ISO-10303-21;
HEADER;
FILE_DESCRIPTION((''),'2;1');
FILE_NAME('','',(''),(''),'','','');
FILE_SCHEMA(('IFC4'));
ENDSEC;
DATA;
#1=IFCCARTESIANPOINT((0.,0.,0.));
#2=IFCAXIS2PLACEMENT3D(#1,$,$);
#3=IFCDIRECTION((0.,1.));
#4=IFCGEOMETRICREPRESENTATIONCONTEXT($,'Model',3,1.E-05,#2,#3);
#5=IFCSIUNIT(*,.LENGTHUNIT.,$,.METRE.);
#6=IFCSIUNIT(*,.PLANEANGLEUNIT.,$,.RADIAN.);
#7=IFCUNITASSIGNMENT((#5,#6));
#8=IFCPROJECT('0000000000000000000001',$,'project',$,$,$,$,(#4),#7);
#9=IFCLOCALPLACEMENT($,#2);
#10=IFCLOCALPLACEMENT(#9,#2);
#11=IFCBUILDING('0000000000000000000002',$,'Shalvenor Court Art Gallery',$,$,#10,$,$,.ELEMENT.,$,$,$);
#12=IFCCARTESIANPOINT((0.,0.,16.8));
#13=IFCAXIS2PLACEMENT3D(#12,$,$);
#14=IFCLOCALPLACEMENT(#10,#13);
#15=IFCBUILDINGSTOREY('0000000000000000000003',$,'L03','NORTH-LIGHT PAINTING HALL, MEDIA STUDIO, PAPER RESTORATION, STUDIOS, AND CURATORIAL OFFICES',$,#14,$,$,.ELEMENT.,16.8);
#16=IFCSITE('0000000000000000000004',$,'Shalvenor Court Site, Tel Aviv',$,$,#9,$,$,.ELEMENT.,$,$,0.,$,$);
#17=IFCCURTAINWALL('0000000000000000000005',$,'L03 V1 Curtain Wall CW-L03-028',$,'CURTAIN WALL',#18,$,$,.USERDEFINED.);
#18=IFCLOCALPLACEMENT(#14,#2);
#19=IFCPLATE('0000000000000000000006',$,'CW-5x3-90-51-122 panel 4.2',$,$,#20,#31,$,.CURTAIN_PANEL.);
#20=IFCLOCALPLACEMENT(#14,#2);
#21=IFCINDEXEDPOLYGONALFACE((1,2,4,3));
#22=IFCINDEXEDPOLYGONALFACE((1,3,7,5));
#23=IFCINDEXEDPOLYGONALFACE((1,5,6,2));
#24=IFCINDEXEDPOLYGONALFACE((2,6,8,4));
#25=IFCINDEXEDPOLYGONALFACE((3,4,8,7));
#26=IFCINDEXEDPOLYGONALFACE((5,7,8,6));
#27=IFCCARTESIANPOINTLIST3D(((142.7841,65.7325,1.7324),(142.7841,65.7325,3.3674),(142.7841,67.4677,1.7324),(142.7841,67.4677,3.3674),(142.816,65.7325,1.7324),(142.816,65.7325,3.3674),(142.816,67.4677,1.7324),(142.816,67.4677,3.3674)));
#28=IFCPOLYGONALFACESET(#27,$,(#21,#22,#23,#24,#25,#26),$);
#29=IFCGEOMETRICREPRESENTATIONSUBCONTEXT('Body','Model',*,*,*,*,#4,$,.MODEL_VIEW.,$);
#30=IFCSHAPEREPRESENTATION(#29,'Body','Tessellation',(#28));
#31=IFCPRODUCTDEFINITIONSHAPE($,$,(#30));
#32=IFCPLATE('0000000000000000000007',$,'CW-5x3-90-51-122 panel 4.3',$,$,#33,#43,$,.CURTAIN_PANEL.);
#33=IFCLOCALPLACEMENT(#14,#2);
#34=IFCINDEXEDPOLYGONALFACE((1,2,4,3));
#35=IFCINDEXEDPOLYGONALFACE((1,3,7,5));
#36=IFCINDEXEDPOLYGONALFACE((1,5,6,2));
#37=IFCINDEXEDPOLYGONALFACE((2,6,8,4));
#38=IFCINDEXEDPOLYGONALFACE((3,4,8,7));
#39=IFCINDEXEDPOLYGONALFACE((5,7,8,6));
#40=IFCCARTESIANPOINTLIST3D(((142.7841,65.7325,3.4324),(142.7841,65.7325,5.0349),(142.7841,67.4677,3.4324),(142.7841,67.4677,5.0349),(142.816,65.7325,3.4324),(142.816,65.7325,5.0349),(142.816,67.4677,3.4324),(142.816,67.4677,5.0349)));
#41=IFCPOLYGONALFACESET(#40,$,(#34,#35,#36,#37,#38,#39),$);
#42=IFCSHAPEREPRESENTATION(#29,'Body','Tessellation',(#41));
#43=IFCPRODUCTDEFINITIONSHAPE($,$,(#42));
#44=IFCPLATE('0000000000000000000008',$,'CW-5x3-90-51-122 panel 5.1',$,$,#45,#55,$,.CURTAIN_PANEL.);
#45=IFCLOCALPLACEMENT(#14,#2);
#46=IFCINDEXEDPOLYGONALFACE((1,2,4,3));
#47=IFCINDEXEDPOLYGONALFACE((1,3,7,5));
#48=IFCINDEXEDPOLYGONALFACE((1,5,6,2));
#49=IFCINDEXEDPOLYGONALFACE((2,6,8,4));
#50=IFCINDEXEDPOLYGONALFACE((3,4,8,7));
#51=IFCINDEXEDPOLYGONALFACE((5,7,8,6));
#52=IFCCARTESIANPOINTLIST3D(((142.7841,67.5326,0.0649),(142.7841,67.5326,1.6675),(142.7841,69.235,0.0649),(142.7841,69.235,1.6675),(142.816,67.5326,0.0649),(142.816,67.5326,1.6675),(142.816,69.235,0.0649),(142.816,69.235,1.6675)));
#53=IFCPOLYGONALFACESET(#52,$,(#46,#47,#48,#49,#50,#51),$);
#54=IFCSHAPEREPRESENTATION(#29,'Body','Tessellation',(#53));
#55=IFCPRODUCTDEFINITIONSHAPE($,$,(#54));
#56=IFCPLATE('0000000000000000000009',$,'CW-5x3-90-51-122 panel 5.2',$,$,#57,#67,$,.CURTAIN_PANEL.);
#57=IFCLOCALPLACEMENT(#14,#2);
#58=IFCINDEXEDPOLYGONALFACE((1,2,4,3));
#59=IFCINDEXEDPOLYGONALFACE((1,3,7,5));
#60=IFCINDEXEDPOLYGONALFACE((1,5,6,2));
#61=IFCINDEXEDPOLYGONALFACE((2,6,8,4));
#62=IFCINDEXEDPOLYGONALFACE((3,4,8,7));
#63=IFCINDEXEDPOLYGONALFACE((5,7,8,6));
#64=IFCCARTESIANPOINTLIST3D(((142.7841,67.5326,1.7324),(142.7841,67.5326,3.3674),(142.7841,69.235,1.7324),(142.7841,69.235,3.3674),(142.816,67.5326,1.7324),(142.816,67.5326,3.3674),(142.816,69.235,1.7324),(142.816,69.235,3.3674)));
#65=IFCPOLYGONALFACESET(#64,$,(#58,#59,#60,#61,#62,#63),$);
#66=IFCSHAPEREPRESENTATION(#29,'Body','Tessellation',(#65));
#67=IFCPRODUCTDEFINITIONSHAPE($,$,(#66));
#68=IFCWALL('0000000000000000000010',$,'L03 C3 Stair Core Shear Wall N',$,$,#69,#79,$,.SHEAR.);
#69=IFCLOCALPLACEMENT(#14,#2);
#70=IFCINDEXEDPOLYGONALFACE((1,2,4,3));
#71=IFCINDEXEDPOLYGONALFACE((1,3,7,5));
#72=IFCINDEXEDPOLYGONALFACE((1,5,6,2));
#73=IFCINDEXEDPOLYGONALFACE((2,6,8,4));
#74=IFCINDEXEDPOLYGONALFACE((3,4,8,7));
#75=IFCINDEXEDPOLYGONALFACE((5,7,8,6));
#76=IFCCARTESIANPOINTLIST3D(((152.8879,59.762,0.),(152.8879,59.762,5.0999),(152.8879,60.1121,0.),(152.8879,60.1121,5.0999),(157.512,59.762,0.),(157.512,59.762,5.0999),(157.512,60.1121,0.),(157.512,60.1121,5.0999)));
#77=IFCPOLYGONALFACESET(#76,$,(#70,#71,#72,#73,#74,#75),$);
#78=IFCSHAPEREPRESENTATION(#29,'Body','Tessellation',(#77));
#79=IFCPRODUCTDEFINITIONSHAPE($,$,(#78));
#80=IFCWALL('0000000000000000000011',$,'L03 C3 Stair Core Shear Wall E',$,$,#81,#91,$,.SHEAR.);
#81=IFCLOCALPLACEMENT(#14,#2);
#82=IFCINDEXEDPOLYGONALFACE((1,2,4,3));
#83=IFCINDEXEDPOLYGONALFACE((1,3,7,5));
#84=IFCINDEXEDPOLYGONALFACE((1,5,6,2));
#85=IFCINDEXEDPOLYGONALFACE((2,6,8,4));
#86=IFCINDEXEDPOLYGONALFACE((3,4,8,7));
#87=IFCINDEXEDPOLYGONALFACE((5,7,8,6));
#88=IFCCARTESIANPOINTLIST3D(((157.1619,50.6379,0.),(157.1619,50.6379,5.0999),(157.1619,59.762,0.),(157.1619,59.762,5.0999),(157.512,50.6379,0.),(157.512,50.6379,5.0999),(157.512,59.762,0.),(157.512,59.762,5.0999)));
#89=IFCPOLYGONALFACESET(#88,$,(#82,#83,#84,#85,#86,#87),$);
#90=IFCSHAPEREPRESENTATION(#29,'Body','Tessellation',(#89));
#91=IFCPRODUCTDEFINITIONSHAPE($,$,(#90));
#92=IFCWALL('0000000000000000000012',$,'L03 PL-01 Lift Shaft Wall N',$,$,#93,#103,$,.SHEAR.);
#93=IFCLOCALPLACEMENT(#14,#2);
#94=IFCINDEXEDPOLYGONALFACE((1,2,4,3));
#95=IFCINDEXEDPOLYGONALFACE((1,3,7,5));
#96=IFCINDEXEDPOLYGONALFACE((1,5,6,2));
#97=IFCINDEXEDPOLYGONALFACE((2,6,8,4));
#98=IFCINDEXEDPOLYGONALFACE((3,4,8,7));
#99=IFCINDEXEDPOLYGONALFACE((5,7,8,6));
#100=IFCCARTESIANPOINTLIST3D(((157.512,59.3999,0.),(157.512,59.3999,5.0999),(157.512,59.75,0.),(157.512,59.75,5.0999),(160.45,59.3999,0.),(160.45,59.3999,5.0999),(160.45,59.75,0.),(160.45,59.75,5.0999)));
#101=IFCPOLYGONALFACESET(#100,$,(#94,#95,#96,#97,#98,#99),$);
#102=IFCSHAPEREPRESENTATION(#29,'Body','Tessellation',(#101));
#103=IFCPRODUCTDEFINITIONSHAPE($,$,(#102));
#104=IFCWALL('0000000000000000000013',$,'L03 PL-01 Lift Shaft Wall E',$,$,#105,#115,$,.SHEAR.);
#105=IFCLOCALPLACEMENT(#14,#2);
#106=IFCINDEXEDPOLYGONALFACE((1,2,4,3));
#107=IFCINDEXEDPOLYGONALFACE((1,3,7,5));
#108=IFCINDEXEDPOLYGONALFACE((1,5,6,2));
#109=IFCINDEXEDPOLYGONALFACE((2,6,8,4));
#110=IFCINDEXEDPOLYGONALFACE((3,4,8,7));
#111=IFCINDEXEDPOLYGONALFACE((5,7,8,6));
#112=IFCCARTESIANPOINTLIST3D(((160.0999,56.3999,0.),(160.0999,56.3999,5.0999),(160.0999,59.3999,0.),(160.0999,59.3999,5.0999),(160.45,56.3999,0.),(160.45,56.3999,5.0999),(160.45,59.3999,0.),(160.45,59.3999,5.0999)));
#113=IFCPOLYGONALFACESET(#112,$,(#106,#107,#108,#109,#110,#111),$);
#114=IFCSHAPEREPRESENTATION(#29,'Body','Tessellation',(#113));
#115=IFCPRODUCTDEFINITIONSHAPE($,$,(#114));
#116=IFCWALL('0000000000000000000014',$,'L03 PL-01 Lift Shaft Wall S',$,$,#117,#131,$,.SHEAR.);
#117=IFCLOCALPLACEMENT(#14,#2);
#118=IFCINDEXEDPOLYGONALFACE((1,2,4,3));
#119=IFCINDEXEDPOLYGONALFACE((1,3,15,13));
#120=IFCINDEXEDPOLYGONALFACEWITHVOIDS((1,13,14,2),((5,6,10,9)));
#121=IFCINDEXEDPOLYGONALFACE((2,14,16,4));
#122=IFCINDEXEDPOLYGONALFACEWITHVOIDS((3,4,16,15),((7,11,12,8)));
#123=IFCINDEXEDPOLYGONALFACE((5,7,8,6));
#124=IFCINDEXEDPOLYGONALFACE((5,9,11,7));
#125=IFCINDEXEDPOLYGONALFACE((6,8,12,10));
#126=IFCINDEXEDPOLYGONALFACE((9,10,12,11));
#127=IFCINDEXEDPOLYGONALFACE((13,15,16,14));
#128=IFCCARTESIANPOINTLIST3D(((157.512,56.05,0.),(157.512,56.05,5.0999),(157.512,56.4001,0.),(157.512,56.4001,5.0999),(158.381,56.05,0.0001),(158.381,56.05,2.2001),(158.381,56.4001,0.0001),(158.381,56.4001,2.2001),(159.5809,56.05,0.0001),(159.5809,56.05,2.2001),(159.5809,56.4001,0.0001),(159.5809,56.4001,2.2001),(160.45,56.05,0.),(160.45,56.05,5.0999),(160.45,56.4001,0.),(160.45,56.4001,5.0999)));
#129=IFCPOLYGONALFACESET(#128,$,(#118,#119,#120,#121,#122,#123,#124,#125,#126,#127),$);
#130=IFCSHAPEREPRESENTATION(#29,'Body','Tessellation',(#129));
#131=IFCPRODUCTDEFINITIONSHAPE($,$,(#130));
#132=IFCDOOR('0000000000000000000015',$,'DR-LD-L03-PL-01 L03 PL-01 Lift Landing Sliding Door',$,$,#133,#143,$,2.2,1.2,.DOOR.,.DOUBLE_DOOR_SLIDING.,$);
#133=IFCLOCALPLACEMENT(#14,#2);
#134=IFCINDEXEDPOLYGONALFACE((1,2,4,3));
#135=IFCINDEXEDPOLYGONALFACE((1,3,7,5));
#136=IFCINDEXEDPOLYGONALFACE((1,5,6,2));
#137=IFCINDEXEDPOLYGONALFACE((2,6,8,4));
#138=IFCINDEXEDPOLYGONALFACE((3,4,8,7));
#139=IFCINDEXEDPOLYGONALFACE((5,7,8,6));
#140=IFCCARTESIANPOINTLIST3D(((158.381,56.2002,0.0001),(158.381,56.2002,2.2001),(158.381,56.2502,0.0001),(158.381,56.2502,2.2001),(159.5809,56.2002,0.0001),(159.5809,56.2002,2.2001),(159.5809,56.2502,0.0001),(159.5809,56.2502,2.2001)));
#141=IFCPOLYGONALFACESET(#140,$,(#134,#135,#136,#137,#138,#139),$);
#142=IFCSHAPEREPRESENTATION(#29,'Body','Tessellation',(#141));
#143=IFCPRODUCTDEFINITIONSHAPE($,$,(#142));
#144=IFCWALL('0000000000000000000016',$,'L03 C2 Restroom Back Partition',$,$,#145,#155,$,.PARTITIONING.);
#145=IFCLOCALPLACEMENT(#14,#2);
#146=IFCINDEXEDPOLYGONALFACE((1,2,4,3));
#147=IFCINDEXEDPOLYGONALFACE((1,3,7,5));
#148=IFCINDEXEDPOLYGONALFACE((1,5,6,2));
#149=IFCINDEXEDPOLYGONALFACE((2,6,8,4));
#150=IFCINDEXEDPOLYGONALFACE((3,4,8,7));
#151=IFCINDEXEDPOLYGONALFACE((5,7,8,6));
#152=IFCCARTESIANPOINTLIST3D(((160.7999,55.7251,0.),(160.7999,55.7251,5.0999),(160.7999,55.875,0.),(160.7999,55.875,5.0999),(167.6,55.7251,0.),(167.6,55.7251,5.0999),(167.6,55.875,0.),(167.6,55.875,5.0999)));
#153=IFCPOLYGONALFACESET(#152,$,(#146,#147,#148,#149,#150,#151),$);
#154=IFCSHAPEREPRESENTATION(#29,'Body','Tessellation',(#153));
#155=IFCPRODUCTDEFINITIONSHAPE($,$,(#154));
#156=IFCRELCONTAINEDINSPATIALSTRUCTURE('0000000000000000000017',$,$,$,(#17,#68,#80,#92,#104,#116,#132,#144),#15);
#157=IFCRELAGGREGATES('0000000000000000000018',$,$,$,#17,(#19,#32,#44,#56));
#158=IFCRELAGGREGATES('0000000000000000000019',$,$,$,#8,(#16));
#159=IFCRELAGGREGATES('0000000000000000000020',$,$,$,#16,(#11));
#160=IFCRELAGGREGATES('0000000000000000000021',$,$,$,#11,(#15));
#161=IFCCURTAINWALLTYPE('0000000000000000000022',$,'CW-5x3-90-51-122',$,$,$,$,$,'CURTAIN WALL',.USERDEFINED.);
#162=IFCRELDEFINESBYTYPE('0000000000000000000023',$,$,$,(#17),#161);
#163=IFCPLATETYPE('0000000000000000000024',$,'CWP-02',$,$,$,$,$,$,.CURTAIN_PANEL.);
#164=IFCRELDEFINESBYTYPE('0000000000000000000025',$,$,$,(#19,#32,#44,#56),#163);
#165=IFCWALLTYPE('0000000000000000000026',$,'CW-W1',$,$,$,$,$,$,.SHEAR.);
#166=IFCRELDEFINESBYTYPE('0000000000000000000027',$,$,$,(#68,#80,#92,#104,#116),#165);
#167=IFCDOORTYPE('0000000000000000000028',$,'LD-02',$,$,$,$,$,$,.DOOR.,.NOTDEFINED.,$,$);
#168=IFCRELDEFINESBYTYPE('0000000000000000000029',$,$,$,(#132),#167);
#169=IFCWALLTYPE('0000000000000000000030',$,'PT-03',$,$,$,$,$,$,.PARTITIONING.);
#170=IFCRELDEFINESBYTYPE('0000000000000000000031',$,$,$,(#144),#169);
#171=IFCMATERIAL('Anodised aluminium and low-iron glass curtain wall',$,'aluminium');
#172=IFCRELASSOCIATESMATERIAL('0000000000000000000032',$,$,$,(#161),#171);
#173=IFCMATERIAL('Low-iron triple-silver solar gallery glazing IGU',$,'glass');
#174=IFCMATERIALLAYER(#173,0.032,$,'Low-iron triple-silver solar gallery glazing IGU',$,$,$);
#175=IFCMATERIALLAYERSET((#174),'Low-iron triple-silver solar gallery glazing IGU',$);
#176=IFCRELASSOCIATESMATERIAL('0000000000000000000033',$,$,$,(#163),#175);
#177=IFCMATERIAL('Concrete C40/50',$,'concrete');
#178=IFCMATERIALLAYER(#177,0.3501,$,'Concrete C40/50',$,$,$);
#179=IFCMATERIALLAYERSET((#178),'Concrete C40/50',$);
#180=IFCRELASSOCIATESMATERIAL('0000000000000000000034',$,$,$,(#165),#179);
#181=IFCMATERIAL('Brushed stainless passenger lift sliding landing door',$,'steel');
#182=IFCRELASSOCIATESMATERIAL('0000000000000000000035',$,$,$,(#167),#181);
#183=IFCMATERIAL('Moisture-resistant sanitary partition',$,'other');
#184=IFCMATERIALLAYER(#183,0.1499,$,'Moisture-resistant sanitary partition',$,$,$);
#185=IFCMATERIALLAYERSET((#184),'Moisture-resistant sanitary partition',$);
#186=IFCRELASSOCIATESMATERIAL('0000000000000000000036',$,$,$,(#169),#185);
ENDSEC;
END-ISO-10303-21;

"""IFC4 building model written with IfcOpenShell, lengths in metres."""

from ifc_helpers import new_model, si_unit, direction, frame, frame_2d, origin, origin_2d, place, context, subcontext, project, spatial, rectangle, extrude, material, layer, layer_set, type_object, element, fill, aggregate, save


model = new_model("IFC4")

# Units and contexts
model_context = context("Model", 3, precision=1e-05, world=origin(), true_north=direction((0.0, 1.0)))
body_context = subcontext(model_context, "Body", "Model", "MODEL_VIEW")
ifc_project = project(units=[si_unit("LENGTHUNIT", "METRE"), si_unit("PLANEANGLEUNIT", "RADIAN")], contexts=[model_context])

# Site, building, storey
site_placement = place(None, origin())
site = spatial("IfcSite", under=ifc_project, at=site_placement, Name="Shalvenor Court Site, Tel Aviv", CompositionType="ELEMENT", RefElevation=0.0)
building_placement = place(site_placement, origin())
building = spatial("IfcBuilding", under=site, at=building_placement, Name="Shalvenor Court Art Gallery", CompositionType="ELEMENT")
storey_placement = place(building_placement, frame((0.0, 0.0, 16.8)))
storey = spatial("IfcBuildingStorey", under=building, at=storey_placement, Name="L03", Description="NORTH-LIGHT PAINTING HALL, MEDIA STUDIO, PAPER RESTORATION, STUDIOS, AND CURATORIAL OFFICES", CompositionType="ELEMENT", Elevation=16.8)

# Curtain wall
ifc_material_1 = material(Name="Anodised aluminium and low-iron glass curtain wall", Category="aluminium")
curtain_wall_type = type_object("IfcCurtainWallType", Name="CW-5x3-90-51-122", ElementType="CURTAIN WALL", PredefinedType="USERDEFINED", material=ifc_material_1)
curtain_wall_placement = place(storey_placement, origin())
curtain_wall = element("IfcCurtainWall", 1, at=curtain_wall_placement, inside=storey, type_object=curtain_wall_type, Name="L03 V1 Curtain Wall CW-L03-028", ObjectType="CURTAIN WALL", PredefinedType="USERDEFINED")

# Plates
ifc_material_2 = material(Name="Low-iron triple-silver solar gallery glazing IGU", Category="glass")
ifc_layer_1 = layer(ifc_material_2, 0.032, Name="Low-iron triple-silver solar gallery glazing IGU")
ifc_layer_set_1 = layer_set([ifc_layer_1], Name="Low-iron triple-silver solar gallery glazing IGU")
plate_type = type_object("IfcPlateType", Name="CWP-02", PredefinedType="CURTAIN_PANEL", material=ifc_layer_set_1)
plate_1_placement = place(storey_placement, frame((142.8, 66.6001, 1.7324), z_axis=(0.0, 0.0, 1.0), x_axis=(0.0, 1.0, 0.0)))
plate_1 = element("IfcPlate", 2, at=plate_1_placement, type_object=plate_type, Name="CW-5x3-90-51-122 panel 4.2", PredefinedType="CURTAIN_PANEL", context=body_context, shape_type="SweptSolid", body=[
    extrude(rectangle(XDim=1.7351, YDim=0.032, at=origin_2d()), origin(), (0.0, 0.0, 1.0), 1.635),
])
plate_2_placement = place(storey_placement, frame((142.8, 66.6001, 3.4324), z_axis=(0.0, 0.0, 1.0), x_axis=(0.0, 1.0, 0.0)))
plate_2 = element("IfcPlate", 3, at=plate_2_placement, type_object=plate_type, Name="CW-5x3-90-51-122 panel 4.3", PredefinedType="CURTAIN_PANEL", context=body_context, shape_type="SweptSolid", body=[
    extrude(rectangle(XDim=1.7351, YDim=0.032, at=origin_2d()), origin(), (0.0, 0.0, 1.0), 1.6025),
])
plate_3_placement = place(storey_placement, frame((142.8, 68.3838, 0.0649), z_axis=(0.0, 0.0, 1.0), x_axis=(0.0, 1.0, 0.0)))
plate_3 = element("IfcPlate", 4, at=plate_3_placement, type_object=plate_type, Name="CW-5x3-90-51-122 panel 5.1", PredefinedType="CURTAIN_PANEL", context=body_context, shape_type="SweptSolid", body=[
    extrude(rectangle(XDim=1.7024, YDim=0.032, at=origin_2d()), origin(), (0.0, 0.0, 1.0), 1.6025),
])
plate_4_placement = place(storey_placement, frame((142.8, 68.3838, 1.7324), z_axis=(0.0, 0.0, 1.0), x_axis=(0.0, 1.0, 0.0)))
plate_4 = element("IfcPlate", 5, at=plate_4_placement, type_object=plate_type, Name="CW-5x3-90-51-122 panel 5.2", PredefinedType="CURTAIN_PANEL", context=body_context, shape_type="SweptSolid", body=[
    extrude(rectangle(XDim=1.7024, YDim=0.032, at=origin_2d()), origin(), (0.0, 0.0, 1.0), 1.635),
])
aggregate(curtain_wall, [plate_1, plate_2, plate_3, plate_4])

# Walls
ifc_material_3 = material(Name="Concrete C40/50", Category="concrete")
ifc_layer_2 = layer(ifc_material_3, 0.3501, Name="Concrete C40/50")
ifc_layer_set_2 = layer_set([ifc_layer_2], Name="Concrete C40/50")
wall_type_1 = type_object("IfcWallType", Name="CW-W1", PredefinedType="SHEAR", material=ifc_layer_set_2)
wall_1_placement = place(storey_placement, frame((152.8879, 59.937, 0.0), z_axis=(0.0, 0.0, 1.0), x_axis=(1.0, 0.0, 0.0)))
element("IfcWall", 6, at=wall_1_placement, inside=storey, type_object=wall_type_1, Name="L03 C3 Stair Core Shear Wall N", PredefinedType="SHEAR", context=body_context, shape_type="SweptSolid", body=[
    extrude(rectangle(XDim=4.624, YDim=0.3501, at=frame_2d((2.312, 0.0))), origin(), (0.0, 0.0, 1.0), 5.0999),
])
wall_2_placement = place(storey_placement, frame((157.3369, 59.762, 0.0), z_axis=(0.0, 0.0, 1.0), x_axis=(0.0, -1.0, 0.0)))
element("IfcWall", 7, at=wall_2_placement, inside=storey, type_object=wall_type_1, Name="L03 C3 Stair Core Shear Wall E", PredefinedType="SHEAR", context=body_context, shape_type="SweptSolid", body=[
    extrude(rectangle(XDim=9.124, YDim=0.3501, at=frame_2d((4.562, 0.0))), origin(), (0.0, 0.0, 1.0), 5.0999),
])
wall_3_placement = place(storey_placement, frame((157.512, 59.575, 0.0), z_axis=(0.0, 0.0, 1.0), x_axis=(1.0, 0.0, 0.0)))
element("IfcWall", 8, at=wall_3_placement, inside=storey, type_object=wall_type_1, Name="L03 PL-01 Lift Shaft Wall N", PredefinedType="SHEAR", context=body_context, shape_type="SweptSolid", body=[
    extrude(rectangle(XDim=2.938, YDim=0.3501, at=frame_2d((1.469, 0.0))), origin(), (0.0, 0.0, 1.0), 5.0999),
])
wall_4_placement = place(storey_placement, frame((160.2749, 59.3999, 0.0), z_axis=(0.0, 0.0, 1.0), x_axis=(0.0, -1.0, 0.0)))
element("IfcWall", 9, at=wall_4_placement, inside=storey, type_object=wall_type_1, Name="L03 PL-01 Lift Shaft Wall E", PredefinedType="SHEAR", context=body_context, shape_type="SweptSolid", body=[
    extrude(rectangle(XDim=3.0, YDim=0.3501, at=frame_2d((1.5, 0.0))), origin(), (0.0, 0.0, 1.0), 5.0999),
])

# Wall, opening, door
wall_5_placement = place(storey_placement, frame((160.45, 56.2251, 0.0), z_axis=(0.0, 0.0, 1.0), x_axis=(-1.0, 0.0, 0.0)))
wall_5 = element("IfcWall", 10, at=wall_5_placement, inside=storey, type_object=wall_type_1, Name="L03 PL-01 Lift Shaft Wall S", PredefinedType="SHEAR", context=body_context, shape_type="SweptSolid", body=[
    extrude(rectangle(XDim=2.938, YDim=0.3501, at=frame_2d((1.469, 0.0))), origin(), (0.0, 0.0, 1.0), 5.0999),
])
opening_placement = place(wall_5_placement, frame((0.8689, 0.0, 0.0)))
opening = element("IfcOpeningElement", 11, at=opening_placement, cuts=wall_5, PredefinedType="OPENING", context=body_context, shape_type="SweptSolid", body=[
    extrude(rectangle(XDim=1.2, YDim=2.2, at=frame_2d((0.6001, 1.1001))), frame((0.0, 0.1851, 0.0), z_axis=(0.0, -1.0, 0.0), x_axis=(1.0, 0.0, 0.0)), (0.0, 0.0, 1.0), 0.3701),
])
ifc_material_4 = material(Name="Brushed stainless passenger lift sliding landing door", Category="steel")
door_type = type_object("IfcDoorType", Name="LD-02", OperationType="NOTDEFINED", PredefinedType="DOOR", material=ifc_material_4)
door_placement = place(opening_placement, origin())
door = element("IfcDoor", 12, at=door_placement, inside=storey, type_object=door_type, Name="DR-LD-L03-PL-01 L03 PL-01 Lift Landing Sliding Door", OperationType="DOUBLE_DOOR_SLIDING", OverallHeight=2.2, OverallWidth=1.2, PredefinedType="DOOR", context=body_context, shape_type="SweptSolid", body=[
    extrude(rectangle(XDim=1.2, YDim=2.2, at=frame_2d((0.6001, 1.1001))), frame((0.0, 0.0249, 0.0), z_axis=(0.0, -1.0, 0.0), x_axis=(1.0, 0.0, 0.0)), (0.0, 0.0, 1.0), 0.05),
])
fill(opening, door)

# Wall
ifc_material_5 = material(Name="Moisture-resistant sanitary partition", Category="other")
ifc_layer_3 = layer(ifc_material_5, 0.1499, Name="Moisture-resistant sanitary partition")
ifc_layer_set_3 = layer_set([ifc_layer_3], Name="Moisture-resistant sanitary partition")
wall_type_2 = type_object("IfcWallType", Name="PT-03", PredefinedType="PARTITIONING", material=ifc_layer_set_3)
wall_6_placement = place(storey_placement, frame((160.8, 55.8, 0.0), z_axis=(0.0, 0.0, 1.0), x_axis=(1.0, 0.0, 0.0)))
element("IfcWall", 13, at=wall_6_placement, inside=storey, type_object=wall_type_2, Name="L03 C2 Restroom Back Partition", PredefinedType="PARTITIONING", context=body_context, shape_type="SweptSolid", body=[
    extrude(rectangle(XDim=6.8, YDim=0.1499, at=frame_2d((3.3999, 0.0))), origin(), (0.0, 0.0, 1.0), 5.0999),
])

save(model, "model.ifc")
